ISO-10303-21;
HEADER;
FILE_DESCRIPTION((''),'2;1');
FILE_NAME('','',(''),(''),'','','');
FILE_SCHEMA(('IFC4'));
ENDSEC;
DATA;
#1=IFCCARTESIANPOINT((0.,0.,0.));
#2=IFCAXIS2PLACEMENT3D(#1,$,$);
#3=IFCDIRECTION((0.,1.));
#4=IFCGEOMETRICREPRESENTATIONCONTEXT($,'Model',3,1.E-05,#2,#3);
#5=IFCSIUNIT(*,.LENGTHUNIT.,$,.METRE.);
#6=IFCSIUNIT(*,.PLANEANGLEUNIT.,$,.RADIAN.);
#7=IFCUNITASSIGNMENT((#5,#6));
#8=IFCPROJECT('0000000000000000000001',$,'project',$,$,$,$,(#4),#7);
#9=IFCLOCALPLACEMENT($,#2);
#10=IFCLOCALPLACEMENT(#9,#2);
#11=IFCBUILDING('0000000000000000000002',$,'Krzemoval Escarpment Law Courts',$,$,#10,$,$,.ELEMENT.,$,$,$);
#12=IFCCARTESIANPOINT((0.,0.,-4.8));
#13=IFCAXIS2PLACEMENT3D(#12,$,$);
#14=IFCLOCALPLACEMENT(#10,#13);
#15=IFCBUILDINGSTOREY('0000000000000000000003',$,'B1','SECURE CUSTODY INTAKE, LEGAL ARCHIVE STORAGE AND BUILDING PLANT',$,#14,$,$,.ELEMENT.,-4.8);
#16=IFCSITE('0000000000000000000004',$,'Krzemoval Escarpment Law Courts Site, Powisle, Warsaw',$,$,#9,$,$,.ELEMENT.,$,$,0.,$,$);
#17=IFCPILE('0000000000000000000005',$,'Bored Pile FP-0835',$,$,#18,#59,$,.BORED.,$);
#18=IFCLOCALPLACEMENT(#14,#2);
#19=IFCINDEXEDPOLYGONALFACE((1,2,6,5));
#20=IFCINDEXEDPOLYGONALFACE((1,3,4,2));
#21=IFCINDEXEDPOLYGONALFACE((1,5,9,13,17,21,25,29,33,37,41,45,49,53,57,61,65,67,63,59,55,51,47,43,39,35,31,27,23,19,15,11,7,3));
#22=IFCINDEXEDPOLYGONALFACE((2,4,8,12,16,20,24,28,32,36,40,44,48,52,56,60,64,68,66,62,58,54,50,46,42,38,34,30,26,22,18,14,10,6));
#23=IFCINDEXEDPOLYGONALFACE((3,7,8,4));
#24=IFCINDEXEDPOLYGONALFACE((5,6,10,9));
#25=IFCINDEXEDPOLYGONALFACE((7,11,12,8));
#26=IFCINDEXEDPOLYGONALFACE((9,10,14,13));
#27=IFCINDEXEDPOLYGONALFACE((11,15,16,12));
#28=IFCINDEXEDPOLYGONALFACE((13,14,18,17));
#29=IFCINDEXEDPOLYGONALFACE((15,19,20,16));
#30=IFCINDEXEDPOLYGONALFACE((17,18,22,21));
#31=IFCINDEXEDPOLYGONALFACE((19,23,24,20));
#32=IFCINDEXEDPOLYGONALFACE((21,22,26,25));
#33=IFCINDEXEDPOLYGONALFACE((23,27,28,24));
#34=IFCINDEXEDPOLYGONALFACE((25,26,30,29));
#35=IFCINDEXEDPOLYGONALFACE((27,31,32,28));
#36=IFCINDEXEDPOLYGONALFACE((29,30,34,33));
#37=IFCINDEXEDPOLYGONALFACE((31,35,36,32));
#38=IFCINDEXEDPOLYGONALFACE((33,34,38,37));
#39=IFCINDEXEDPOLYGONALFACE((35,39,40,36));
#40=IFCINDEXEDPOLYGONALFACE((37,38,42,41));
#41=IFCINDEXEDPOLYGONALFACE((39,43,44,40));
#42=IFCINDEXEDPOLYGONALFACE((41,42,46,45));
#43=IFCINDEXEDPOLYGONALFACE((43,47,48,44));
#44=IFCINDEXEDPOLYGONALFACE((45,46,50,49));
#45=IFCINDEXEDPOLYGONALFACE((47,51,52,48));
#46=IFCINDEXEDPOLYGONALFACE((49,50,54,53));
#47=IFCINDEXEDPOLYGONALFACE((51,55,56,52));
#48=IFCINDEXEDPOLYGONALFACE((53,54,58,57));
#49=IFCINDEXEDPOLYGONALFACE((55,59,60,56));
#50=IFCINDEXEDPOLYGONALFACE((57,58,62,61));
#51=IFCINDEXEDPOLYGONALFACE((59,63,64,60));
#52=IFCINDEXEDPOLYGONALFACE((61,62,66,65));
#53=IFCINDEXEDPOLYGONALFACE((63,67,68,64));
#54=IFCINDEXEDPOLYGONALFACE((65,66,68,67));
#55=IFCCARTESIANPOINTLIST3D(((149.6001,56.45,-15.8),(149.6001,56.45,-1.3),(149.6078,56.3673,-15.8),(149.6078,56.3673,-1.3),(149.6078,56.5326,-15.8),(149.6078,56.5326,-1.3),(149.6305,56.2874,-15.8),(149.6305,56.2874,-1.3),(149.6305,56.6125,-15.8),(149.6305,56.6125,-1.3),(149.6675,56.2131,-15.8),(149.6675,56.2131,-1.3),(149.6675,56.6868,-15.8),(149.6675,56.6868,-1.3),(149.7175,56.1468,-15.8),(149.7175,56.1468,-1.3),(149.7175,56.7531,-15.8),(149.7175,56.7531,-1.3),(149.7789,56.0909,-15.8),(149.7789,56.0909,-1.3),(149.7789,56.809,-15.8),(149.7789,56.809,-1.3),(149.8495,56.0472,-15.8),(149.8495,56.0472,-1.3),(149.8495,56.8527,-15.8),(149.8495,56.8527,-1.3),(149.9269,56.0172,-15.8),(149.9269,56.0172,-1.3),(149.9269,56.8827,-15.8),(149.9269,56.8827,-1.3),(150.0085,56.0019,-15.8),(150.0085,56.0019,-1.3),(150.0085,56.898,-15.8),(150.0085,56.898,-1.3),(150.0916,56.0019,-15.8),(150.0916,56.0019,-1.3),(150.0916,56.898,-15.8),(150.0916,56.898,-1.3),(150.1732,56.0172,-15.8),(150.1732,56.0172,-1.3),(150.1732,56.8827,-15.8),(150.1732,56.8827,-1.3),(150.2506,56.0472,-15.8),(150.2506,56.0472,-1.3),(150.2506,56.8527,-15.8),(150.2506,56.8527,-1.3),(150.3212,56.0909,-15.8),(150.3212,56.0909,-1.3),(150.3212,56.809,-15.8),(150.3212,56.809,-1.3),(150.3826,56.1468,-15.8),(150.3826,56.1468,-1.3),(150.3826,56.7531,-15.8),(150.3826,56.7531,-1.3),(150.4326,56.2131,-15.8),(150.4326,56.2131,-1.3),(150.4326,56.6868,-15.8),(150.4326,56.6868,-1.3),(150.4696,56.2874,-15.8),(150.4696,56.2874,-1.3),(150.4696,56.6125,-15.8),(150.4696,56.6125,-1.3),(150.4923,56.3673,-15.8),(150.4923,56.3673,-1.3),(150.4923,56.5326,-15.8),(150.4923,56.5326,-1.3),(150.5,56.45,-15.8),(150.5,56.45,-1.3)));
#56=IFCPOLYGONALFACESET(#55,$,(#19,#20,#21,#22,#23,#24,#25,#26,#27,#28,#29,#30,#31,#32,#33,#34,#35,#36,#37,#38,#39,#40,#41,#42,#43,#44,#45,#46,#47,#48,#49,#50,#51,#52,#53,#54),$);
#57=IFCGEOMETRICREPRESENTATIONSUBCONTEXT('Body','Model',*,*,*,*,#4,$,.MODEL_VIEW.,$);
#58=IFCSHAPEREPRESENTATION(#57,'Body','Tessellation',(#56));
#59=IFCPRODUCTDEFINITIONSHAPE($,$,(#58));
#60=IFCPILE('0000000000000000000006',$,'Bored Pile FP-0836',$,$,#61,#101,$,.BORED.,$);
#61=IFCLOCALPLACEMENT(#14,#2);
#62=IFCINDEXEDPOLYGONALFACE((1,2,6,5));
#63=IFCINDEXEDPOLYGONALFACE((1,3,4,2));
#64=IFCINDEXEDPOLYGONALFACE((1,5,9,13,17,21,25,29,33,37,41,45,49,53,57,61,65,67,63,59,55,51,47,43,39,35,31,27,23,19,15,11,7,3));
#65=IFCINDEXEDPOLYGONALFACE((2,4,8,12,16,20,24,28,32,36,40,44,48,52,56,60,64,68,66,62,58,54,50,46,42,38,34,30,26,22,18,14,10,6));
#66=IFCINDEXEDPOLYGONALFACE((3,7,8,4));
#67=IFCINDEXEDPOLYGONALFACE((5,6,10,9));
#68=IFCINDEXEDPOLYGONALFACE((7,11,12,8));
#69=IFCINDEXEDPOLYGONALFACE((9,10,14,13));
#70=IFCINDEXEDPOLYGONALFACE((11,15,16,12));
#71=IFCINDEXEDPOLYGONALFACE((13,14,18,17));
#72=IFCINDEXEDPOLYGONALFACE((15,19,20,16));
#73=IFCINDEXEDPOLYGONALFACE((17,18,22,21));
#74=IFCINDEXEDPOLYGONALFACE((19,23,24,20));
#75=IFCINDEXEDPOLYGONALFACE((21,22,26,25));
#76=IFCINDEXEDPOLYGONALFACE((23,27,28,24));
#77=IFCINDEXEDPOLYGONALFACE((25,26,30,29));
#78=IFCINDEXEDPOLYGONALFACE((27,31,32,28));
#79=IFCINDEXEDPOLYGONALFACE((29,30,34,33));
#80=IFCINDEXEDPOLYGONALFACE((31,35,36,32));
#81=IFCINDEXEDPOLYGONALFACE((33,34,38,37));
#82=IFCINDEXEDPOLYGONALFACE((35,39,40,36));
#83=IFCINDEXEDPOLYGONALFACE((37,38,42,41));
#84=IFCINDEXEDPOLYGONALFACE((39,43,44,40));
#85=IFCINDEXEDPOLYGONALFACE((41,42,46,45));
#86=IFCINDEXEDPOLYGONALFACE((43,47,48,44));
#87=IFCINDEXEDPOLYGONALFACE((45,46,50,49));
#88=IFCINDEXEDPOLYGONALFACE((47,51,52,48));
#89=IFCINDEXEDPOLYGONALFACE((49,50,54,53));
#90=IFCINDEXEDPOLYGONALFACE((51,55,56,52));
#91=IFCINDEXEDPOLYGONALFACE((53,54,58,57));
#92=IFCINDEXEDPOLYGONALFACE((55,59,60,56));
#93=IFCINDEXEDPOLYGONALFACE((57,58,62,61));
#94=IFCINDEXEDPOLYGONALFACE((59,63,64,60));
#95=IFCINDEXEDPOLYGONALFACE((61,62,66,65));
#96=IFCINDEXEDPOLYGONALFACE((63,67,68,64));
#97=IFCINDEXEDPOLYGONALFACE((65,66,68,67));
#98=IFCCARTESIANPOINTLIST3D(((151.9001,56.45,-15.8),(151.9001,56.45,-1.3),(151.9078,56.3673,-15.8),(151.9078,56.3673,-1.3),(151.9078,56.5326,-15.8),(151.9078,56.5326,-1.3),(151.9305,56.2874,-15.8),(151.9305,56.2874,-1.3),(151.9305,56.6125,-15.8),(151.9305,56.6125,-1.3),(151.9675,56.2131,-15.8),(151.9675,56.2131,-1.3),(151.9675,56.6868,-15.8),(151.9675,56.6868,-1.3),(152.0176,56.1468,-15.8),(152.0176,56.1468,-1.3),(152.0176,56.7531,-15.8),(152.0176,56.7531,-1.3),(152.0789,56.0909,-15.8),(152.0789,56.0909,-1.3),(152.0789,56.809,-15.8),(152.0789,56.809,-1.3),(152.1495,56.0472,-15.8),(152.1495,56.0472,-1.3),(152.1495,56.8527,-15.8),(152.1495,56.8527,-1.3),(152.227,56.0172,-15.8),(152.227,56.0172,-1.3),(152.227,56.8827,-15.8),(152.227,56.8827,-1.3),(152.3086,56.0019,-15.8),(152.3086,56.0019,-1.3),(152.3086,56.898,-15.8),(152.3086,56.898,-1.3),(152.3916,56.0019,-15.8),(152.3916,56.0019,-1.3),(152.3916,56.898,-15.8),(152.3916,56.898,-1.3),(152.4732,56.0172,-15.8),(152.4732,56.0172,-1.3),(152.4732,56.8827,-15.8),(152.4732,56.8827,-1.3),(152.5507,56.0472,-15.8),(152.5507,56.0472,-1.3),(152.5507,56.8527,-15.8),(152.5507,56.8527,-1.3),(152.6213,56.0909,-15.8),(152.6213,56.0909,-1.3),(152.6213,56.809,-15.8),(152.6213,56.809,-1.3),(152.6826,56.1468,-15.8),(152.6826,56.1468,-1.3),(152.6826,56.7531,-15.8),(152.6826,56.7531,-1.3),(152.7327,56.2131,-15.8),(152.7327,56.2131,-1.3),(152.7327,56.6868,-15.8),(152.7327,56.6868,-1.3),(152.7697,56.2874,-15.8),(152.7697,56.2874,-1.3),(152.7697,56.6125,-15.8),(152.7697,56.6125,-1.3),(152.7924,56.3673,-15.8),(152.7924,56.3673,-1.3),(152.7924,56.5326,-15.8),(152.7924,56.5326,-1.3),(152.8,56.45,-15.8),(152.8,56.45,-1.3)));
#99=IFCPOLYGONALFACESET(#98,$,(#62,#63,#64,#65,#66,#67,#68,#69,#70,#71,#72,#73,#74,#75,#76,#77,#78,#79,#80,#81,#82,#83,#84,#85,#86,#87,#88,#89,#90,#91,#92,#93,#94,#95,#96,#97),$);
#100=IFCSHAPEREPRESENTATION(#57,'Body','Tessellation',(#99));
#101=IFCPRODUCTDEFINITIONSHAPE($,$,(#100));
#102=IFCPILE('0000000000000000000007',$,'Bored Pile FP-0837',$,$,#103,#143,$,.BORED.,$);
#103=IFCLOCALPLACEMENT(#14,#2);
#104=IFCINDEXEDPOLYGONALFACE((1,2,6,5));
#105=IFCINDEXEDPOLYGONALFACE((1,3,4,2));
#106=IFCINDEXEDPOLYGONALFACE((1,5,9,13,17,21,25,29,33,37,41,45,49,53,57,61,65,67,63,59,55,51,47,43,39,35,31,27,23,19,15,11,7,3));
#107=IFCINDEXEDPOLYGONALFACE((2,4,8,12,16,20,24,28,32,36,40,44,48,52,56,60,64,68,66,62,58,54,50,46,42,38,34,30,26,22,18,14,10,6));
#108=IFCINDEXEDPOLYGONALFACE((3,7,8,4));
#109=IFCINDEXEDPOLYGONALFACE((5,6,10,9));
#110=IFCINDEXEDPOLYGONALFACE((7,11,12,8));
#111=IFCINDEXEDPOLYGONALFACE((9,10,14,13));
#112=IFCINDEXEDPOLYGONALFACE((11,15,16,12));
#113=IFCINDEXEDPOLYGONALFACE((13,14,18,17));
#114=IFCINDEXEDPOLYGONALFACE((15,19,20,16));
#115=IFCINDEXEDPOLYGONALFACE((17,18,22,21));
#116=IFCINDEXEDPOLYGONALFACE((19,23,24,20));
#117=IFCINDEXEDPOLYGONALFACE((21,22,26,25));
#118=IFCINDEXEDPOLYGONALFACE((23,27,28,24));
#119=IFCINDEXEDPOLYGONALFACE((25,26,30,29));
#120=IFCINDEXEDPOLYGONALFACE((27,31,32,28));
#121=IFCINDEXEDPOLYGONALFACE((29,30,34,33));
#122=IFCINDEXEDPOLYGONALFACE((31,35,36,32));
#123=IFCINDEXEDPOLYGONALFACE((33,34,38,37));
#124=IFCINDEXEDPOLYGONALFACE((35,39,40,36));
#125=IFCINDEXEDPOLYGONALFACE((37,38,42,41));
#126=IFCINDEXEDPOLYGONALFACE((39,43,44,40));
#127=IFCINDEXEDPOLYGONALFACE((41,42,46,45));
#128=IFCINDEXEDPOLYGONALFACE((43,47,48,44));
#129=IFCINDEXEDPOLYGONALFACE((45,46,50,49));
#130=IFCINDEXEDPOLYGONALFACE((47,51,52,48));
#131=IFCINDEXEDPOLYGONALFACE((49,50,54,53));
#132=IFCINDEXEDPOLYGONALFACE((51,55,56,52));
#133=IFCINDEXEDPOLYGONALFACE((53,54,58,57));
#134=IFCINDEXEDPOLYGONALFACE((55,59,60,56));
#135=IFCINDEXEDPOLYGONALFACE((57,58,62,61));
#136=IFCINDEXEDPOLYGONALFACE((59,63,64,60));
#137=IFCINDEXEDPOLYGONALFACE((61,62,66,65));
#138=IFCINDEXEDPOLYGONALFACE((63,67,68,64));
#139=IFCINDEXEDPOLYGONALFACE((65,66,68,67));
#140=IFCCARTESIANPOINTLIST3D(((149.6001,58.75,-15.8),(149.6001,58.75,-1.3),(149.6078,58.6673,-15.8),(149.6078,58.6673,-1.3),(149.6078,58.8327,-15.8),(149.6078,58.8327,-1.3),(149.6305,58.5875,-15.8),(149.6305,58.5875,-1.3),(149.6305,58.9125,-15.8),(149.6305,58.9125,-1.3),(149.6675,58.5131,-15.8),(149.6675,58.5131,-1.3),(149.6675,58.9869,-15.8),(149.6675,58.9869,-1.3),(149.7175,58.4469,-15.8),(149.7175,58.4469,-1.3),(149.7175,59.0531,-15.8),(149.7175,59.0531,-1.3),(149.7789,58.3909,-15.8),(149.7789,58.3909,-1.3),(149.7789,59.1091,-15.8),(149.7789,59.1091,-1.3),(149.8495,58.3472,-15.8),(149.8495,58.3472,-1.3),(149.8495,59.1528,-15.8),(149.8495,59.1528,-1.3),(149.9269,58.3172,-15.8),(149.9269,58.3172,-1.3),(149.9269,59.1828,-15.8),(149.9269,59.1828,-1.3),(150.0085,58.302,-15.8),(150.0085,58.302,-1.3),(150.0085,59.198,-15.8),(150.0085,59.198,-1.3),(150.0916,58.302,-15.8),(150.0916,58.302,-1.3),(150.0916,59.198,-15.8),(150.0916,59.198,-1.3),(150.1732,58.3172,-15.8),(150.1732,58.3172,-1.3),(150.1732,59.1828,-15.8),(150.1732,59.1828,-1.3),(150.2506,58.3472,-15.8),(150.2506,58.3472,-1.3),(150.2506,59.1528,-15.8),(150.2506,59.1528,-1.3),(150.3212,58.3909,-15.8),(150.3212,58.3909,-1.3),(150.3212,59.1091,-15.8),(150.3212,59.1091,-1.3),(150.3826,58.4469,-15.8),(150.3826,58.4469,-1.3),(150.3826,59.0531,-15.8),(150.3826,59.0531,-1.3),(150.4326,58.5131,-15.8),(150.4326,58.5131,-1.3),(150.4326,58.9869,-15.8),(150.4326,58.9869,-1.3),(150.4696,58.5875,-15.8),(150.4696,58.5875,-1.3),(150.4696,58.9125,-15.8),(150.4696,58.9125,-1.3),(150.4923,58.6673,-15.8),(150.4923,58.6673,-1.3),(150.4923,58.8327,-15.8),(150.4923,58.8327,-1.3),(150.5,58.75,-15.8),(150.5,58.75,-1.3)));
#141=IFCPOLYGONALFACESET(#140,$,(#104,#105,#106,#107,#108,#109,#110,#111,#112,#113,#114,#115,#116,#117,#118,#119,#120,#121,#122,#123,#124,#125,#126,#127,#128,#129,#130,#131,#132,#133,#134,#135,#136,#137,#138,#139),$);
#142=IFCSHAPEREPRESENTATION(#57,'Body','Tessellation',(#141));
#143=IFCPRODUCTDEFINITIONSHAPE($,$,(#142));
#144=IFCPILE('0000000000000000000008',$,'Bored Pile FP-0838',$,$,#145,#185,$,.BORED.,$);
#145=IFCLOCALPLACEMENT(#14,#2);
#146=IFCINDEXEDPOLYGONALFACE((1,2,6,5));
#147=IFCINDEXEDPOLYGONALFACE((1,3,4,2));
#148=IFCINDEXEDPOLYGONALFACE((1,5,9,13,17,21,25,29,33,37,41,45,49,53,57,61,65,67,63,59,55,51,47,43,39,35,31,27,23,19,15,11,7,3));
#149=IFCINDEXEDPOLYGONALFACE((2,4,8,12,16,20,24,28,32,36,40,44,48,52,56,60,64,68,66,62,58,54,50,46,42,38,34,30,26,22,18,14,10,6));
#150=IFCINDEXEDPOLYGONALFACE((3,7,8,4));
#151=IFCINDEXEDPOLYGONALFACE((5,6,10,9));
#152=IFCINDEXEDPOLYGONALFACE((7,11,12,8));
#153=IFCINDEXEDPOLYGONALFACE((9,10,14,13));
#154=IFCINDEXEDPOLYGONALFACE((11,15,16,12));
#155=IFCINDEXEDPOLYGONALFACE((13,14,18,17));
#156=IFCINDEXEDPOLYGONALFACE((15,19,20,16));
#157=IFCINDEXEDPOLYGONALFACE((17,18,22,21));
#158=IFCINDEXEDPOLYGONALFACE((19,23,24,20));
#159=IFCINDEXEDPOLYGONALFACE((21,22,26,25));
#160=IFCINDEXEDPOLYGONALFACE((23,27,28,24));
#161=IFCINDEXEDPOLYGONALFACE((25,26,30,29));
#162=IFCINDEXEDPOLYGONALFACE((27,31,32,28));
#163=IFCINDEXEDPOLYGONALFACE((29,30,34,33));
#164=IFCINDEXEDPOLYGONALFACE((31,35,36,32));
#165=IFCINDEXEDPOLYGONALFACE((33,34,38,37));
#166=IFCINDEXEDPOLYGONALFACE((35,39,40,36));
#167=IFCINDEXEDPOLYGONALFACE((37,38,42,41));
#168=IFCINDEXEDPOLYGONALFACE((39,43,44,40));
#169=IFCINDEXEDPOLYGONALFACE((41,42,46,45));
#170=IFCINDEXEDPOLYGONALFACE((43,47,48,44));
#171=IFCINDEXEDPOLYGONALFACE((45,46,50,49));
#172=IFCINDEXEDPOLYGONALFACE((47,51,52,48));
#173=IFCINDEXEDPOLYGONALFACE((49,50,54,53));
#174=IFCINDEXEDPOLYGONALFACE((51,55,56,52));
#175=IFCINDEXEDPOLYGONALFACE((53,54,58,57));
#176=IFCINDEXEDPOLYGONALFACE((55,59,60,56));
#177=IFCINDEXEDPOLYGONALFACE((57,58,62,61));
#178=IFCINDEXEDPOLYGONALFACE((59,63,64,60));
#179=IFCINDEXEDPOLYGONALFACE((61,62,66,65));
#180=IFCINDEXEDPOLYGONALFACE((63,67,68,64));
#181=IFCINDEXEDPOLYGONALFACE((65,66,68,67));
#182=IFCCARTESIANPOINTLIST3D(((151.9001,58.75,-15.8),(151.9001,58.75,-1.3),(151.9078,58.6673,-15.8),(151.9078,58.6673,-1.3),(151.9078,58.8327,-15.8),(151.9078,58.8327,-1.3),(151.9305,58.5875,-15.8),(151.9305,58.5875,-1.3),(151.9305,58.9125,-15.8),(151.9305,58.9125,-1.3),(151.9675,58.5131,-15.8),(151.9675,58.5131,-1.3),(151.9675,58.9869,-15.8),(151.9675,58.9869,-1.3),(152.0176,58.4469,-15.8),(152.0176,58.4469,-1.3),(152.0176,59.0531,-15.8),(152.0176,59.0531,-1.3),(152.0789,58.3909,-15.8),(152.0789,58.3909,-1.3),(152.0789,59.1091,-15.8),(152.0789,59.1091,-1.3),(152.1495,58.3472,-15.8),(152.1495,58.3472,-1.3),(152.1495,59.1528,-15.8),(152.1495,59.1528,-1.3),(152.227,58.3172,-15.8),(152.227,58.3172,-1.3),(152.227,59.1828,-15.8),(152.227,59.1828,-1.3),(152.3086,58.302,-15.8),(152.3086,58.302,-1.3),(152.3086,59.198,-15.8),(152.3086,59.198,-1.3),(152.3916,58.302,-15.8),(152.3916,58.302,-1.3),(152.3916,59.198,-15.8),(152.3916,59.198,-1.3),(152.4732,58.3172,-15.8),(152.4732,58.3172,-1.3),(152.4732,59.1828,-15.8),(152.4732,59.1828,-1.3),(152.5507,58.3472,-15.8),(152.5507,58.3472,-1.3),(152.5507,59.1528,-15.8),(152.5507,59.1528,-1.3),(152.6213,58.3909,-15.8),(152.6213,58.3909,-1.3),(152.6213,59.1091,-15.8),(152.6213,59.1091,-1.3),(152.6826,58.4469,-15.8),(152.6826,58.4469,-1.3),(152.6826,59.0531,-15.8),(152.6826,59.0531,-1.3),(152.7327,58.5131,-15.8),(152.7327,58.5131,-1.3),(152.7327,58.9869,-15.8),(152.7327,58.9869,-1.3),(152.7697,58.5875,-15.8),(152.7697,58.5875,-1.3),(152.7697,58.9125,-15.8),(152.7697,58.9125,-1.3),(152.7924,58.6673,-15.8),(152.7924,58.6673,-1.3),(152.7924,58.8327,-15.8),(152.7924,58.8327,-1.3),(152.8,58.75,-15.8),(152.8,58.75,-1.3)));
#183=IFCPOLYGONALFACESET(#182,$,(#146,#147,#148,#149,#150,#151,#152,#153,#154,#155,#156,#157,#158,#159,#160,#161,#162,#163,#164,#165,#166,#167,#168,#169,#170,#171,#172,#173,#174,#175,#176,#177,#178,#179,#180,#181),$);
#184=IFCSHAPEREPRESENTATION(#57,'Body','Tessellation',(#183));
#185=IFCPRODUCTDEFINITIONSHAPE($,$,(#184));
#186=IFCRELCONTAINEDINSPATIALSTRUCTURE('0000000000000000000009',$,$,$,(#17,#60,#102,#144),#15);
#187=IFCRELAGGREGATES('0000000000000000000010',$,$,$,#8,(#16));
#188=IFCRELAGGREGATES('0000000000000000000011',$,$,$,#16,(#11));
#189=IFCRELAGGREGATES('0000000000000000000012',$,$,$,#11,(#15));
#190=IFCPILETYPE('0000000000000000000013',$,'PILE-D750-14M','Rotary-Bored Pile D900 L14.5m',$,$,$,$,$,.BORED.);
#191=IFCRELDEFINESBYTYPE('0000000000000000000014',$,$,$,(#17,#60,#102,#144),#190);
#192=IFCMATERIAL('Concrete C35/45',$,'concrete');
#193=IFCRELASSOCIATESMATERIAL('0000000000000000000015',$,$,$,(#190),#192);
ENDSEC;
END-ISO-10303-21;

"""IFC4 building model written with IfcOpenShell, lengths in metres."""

from ifc_helpers import new_model, si_unit, direction, frame, origin, origin_2d, place, context, subcontext, project, spatial, circle, extrude, material, material_profile, profile_set, type_object, element, save


model = new_model("IFC4")

# Units and contexts
model_context = context("Model", 3, precision=1e-05, world=origin(), true_north=direction((0.0, 1.0)))
body_context = subcontext(model_context, "Body", "Model", "MODEL_VIEW")
ifc_project = project(units=[si_unit("LENGTHUNIT", "METRE"), si_unit("PLANEANGLEUNIT", "RADIAN")], contexts=[model_context])

# Site, building, storey
site_placement = place(None, origin())
site = spatial("IfcSite", under=ifc_project, at=site_placement, Name="Krzemoval Escarpment Law Courts Site, Powisle, Warsaw", CompositionType="ELEMENT", RefElevation=0.0)
building_placement = place(site_placement, origin())
building = spatial("IfcBuilding", under=site, at=building_placement, Name="Krzemoval Escarpment Law Courts", CompositionType="ELEMENT")
storey_placement = place(building_placement, frame((0.0, 0.0, -4.8)))
storey = spatial("IfcBuildingStorey", under=building, at=storey_placement, Name="B1", Description="SECURE CUSTODY INTAKE, LEGAL ARCHIVE STORAGE AND BUILDING PLANT", CompositionType="ELEMENT", Elevation=-4.8)

# Piles
ifc_material_1 = material(Name="Concrete C35/45", Category="concrete")
ifc_material_profile_1 = material_profile(ifc_material_1, circle(Radius=0.45, at=origin_2d()), Name="PILE D900")
ifc_profile_set_1 = profile_set([ifc_material_profile_1], Name="Concrete C35/45")
pile_type = type_object("IfcPileType", Name="PILE-D750-14M", Description="Rotary-Bored Pile D900 L14.5m", PredefinedType="BORED", material=ifc_profile_set_1)
for number, where, z_axis, x_axis, name in (
    (1, (150.05, 56.45, -1.3), (0.0, 0.0, -1.0), (1.0, 0.0, 0.0), "Bored Pile FP-0835"),
    (2, (152.3501, 56.45, -1.3), (0.0, 0.0, -1.0), (1.0, 0.0, 0.0), "Bored Pile FP-0836"),
    (3, (150.05, 58.75, -1.3), (0.0, 0.0, -1.0), (1.0, 0.0, 0.0), "Bored Pile FP-0837"),
    (4, (152.3501, 58.75, -1.3), (0.0, 0.0, -1.0), (1.0, 0.0, 0.0), "Bored Pile FP-0838"),
):
    element("IfcPile", number, at=place(storey_placement, frame(where, z_axis=z_axis, x_axis=x_axis)), inside=storey, type_object=pile_type, Name=name, PredefinedType="BORED", context=body_context, shape_type="SweptSolid", body=[
        extrude(circle(Radius=0.45, at=origin_2d()), origin(), (0.0, 0.0, 1.0), 14.5),
    ])

save(model, "model.ifc")
